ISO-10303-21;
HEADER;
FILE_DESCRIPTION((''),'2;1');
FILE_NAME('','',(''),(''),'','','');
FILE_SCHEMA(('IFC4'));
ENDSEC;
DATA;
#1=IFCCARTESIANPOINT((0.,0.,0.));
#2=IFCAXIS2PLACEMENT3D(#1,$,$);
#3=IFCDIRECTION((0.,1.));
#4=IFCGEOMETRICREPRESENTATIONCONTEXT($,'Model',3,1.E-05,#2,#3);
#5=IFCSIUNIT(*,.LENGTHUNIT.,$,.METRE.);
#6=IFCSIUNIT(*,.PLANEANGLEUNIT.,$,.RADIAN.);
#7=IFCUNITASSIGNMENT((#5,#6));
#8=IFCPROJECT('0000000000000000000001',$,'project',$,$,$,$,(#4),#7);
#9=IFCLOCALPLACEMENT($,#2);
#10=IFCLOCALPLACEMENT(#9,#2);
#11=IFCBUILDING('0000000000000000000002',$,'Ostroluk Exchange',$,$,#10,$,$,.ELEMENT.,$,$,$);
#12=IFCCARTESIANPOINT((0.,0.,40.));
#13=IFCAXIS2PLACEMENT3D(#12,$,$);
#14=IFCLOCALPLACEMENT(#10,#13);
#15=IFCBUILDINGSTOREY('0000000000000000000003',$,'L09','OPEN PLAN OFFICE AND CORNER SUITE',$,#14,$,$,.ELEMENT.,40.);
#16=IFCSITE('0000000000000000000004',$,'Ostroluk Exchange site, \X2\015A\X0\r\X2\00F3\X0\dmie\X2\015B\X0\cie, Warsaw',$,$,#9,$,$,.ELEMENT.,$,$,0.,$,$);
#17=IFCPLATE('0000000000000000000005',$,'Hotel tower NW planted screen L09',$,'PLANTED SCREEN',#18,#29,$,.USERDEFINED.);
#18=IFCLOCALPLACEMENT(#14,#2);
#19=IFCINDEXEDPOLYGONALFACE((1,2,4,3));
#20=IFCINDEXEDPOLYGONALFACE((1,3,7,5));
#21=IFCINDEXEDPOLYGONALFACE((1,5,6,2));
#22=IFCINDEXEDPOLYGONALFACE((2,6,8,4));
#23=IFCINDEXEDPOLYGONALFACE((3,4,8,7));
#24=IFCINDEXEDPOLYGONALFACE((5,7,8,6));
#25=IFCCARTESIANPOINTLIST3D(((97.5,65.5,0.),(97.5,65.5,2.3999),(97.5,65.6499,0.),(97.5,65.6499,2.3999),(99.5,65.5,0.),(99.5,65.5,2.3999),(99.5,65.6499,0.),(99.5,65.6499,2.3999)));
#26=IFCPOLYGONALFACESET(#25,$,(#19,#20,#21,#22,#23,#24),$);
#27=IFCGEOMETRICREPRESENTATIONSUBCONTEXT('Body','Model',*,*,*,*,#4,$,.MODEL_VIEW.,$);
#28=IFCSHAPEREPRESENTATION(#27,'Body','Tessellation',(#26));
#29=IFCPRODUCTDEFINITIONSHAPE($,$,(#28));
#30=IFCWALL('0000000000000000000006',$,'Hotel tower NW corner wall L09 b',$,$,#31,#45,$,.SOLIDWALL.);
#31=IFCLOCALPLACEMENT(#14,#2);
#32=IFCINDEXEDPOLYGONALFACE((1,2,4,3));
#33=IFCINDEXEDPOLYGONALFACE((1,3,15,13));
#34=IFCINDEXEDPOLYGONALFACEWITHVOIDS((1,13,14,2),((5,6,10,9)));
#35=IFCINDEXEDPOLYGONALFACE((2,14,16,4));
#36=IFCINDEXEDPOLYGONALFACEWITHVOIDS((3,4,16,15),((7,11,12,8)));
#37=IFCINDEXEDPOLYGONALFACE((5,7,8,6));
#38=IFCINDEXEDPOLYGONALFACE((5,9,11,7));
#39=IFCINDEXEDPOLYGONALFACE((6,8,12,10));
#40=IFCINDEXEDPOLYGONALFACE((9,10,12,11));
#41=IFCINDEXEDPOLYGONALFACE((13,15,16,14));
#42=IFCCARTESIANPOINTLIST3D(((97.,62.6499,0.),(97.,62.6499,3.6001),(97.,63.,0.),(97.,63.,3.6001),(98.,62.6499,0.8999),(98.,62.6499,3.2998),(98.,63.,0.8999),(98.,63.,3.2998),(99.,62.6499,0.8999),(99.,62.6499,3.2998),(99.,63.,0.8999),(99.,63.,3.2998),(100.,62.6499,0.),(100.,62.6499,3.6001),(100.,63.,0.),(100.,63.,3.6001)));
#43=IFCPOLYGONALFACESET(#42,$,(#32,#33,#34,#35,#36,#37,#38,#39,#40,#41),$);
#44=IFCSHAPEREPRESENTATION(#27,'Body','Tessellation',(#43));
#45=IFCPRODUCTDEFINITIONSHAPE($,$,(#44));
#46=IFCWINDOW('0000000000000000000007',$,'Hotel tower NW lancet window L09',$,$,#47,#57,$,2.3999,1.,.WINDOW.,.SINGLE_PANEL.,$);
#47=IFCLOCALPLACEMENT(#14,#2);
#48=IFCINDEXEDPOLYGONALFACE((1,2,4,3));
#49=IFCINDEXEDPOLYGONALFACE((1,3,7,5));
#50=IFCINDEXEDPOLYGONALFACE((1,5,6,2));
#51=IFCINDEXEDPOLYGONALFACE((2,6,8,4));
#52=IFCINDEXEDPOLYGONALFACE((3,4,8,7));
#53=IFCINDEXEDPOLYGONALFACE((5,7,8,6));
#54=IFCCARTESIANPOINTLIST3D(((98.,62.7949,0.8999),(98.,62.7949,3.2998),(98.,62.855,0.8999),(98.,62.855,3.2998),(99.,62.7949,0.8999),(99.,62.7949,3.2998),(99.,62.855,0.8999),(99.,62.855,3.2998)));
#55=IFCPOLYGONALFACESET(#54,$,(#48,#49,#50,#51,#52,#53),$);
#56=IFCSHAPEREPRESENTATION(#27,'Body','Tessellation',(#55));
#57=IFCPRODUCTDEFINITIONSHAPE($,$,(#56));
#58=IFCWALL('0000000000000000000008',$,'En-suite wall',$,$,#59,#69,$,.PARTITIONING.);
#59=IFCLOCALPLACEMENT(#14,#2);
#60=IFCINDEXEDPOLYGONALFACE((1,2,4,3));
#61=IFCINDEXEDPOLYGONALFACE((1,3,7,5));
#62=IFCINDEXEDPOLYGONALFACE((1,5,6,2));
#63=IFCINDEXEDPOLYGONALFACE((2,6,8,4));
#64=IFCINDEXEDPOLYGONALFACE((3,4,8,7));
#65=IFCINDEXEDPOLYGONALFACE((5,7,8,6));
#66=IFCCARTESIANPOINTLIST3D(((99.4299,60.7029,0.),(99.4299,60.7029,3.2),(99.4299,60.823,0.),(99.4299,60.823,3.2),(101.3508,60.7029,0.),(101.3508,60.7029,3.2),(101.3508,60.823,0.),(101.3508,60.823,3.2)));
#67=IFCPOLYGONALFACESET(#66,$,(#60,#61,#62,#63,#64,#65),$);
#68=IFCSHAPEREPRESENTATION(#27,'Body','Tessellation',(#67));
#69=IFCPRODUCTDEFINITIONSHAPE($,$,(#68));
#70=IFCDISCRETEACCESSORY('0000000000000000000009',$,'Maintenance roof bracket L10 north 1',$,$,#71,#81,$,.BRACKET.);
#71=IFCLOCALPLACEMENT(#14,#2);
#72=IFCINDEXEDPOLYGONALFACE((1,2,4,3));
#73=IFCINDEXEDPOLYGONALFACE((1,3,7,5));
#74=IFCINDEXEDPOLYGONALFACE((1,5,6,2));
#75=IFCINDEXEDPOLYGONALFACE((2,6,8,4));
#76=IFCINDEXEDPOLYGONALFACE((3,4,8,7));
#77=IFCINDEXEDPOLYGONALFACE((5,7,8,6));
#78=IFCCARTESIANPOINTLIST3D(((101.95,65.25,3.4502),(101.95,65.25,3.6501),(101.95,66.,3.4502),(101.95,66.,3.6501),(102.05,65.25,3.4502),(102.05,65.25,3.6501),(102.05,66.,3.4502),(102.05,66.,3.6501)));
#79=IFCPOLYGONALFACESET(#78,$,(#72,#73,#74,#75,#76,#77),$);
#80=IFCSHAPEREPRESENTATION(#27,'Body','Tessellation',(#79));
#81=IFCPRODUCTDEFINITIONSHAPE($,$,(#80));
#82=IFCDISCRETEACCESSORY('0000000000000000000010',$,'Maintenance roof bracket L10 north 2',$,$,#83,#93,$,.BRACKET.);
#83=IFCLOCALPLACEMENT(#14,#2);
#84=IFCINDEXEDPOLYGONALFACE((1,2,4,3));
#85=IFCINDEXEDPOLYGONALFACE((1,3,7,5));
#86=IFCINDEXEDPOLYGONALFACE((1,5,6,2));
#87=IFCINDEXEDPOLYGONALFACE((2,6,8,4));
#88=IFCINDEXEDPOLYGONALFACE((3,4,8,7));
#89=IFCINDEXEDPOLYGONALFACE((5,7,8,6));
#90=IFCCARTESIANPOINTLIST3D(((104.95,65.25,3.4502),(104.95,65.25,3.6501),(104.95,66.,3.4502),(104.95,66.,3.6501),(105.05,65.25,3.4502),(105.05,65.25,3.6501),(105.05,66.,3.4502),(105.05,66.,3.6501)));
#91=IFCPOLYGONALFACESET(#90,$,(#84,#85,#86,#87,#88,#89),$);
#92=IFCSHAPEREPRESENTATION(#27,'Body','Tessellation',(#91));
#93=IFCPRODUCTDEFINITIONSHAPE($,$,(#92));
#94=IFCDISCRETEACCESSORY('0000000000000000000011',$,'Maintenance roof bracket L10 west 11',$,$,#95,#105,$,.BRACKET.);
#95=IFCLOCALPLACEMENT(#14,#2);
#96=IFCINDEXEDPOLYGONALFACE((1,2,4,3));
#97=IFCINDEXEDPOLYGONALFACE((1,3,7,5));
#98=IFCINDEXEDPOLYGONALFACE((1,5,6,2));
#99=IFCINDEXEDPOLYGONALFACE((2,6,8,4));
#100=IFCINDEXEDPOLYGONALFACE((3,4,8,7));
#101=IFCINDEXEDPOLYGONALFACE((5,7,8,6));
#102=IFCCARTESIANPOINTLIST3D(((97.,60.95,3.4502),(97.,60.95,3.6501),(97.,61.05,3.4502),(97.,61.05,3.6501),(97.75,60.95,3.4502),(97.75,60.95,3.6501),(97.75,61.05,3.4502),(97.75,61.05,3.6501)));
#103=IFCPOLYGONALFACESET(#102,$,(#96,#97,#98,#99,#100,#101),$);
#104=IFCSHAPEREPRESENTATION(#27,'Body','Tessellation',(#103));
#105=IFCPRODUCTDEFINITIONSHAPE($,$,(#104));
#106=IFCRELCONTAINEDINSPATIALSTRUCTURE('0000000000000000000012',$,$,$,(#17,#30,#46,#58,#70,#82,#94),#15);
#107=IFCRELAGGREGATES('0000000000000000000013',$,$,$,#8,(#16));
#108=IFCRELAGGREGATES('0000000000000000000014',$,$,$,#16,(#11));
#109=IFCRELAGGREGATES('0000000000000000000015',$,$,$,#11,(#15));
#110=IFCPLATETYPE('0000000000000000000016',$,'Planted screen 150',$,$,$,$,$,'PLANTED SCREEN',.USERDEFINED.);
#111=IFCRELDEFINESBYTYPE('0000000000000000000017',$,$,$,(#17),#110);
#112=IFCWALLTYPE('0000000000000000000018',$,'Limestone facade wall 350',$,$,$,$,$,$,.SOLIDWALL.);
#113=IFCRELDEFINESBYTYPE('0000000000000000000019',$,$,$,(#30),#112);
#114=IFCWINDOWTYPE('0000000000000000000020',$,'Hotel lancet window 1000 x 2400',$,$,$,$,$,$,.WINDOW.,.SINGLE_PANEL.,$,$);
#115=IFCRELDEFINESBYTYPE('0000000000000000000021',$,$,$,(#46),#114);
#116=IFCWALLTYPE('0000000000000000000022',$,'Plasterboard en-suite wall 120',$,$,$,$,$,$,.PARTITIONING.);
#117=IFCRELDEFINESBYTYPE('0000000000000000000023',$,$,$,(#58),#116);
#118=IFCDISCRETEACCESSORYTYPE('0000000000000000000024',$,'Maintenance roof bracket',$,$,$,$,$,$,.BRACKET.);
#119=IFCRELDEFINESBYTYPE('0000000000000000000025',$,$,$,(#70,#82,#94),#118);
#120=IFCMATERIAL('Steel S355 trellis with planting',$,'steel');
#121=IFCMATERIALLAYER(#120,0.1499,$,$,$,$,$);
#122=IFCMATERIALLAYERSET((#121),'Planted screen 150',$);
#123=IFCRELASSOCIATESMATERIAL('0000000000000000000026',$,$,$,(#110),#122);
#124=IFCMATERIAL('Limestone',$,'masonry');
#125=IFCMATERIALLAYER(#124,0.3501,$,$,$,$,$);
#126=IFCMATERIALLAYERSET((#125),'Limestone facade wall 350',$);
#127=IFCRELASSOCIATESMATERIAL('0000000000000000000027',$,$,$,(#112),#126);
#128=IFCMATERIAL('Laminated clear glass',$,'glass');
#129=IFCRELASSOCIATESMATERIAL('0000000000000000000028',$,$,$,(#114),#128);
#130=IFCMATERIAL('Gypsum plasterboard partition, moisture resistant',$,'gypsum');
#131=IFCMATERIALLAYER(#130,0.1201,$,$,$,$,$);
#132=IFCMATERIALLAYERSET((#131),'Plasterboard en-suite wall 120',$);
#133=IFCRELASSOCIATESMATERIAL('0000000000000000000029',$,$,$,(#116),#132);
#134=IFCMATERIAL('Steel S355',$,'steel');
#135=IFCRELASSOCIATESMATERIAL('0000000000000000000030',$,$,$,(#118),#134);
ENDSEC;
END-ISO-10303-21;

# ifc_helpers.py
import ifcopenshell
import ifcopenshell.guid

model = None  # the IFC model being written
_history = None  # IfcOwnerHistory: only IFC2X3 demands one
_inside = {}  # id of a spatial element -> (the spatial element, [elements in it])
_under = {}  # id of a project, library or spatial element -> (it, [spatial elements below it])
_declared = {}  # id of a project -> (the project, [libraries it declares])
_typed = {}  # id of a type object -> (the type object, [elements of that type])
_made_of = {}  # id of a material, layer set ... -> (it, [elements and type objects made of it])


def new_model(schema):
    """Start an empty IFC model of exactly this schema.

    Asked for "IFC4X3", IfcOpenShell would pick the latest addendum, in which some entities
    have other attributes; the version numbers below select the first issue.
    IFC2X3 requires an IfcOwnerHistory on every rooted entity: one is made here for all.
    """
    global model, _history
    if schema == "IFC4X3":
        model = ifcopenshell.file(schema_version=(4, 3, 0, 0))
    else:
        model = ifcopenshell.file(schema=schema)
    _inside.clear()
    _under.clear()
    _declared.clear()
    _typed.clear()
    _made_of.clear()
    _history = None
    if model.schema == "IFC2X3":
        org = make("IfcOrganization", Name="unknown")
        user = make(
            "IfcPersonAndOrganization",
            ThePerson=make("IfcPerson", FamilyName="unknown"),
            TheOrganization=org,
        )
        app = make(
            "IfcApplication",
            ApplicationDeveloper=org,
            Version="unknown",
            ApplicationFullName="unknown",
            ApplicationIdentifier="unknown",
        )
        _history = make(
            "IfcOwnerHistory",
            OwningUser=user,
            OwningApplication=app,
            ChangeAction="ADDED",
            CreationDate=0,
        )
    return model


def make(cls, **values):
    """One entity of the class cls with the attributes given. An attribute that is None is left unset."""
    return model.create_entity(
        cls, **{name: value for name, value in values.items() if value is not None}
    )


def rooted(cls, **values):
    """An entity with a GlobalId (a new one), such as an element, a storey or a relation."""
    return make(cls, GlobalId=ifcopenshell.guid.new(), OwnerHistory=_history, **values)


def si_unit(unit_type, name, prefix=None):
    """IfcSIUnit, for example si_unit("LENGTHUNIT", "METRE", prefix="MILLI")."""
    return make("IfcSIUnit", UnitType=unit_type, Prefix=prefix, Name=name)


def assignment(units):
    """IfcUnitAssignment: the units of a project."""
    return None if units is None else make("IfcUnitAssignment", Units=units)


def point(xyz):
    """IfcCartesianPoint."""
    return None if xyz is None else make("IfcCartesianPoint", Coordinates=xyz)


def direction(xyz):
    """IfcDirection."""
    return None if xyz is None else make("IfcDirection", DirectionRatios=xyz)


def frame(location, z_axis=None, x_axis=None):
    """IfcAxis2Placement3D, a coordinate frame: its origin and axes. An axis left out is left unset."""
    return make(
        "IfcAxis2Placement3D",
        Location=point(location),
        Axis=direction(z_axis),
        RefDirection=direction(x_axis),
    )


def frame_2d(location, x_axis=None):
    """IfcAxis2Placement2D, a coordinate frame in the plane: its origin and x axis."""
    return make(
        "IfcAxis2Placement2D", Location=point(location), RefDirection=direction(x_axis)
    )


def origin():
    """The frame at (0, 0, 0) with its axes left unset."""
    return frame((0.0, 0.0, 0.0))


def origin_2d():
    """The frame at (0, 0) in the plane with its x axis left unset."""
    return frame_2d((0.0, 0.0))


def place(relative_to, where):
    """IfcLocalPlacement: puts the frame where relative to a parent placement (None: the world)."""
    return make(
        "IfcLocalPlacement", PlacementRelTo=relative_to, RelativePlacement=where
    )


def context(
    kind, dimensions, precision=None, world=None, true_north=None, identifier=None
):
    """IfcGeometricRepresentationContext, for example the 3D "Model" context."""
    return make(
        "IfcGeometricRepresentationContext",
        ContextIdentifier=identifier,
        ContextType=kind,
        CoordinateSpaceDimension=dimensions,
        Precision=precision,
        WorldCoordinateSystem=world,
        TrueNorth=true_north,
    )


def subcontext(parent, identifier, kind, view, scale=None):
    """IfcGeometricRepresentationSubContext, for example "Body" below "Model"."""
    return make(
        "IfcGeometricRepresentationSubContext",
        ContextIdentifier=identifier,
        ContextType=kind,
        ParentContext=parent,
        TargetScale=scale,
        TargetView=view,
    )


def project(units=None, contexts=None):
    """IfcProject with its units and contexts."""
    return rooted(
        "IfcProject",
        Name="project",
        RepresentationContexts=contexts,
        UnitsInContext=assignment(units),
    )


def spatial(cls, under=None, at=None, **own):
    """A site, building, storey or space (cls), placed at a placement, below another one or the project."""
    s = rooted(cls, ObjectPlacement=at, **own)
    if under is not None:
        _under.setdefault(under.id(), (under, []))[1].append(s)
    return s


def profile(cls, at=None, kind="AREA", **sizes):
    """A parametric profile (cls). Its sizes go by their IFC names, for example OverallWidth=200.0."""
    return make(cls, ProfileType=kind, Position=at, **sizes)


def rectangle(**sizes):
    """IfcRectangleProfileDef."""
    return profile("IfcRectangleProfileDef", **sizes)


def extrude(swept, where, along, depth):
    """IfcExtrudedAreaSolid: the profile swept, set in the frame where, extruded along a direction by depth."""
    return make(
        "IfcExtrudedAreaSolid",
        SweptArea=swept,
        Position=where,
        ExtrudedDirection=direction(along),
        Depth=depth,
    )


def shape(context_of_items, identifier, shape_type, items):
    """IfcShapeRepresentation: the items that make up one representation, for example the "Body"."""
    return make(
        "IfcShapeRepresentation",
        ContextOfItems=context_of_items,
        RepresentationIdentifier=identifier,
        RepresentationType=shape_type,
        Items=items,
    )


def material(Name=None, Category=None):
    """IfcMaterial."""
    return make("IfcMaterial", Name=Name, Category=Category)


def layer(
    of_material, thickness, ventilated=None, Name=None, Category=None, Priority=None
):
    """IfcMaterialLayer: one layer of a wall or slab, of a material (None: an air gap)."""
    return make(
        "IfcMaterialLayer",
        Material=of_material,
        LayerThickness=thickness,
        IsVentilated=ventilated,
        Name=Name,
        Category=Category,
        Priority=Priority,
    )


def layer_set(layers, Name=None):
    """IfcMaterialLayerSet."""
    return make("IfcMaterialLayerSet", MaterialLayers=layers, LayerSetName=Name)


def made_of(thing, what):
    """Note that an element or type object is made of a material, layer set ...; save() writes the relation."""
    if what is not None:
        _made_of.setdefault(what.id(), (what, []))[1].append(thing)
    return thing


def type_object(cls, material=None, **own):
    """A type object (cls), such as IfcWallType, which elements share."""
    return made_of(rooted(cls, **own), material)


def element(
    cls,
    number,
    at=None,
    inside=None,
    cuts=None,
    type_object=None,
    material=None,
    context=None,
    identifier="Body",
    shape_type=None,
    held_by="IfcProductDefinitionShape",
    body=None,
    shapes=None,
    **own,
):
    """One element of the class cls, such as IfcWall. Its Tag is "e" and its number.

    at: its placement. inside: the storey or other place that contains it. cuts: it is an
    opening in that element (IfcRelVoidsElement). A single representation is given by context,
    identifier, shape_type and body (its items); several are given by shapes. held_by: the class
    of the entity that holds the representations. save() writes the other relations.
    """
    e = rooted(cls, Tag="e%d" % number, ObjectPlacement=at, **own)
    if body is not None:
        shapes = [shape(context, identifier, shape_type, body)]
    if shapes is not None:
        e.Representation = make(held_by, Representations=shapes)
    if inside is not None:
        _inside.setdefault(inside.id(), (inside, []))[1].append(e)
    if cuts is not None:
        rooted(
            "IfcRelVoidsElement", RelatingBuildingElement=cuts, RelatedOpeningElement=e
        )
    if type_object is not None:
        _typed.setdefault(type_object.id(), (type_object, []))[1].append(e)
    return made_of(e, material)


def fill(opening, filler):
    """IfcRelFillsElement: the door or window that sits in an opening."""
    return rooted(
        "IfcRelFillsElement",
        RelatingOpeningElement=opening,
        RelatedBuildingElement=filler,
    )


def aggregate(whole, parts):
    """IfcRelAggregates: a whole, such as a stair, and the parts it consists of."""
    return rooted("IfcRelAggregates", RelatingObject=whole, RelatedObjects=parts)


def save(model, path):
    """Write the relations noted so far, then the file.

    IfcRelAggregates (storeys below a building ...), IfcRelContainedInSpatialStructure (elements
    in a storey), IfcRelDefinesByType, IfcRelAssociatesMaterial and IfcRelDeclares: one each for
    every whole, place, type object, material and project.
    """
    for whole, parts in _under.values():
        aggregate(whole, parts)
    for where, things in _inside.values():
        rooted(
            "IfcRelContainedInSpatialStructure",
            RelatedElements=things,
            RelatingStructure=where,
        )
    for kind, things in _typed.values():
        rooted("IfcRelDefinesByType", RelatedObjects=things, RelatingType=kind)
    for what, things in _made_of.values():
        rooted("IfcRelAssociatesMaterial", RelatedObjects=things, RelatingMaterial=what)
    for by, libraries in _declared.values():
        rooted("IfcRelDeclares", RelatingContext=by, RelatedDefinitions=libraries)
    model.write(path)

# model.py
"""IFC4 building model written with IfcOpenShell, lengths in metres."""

from ifc_helpers import new_model, si_unit, direction, frame, frame_2d, origin, origin_2d, place, context, subcontext, project, spatial, rectangle, extrude, material, layer, layer_set, type_object, element, fill, save


model = new_model("IFC4")

# Units and contexts
model_context = context("Model", 3, precision=1e-05, world=origin(), true_north=direction((0.0, 1.0)))
body_context = subcontext(model_context, "Body", "Model", "MODEL_VIEW")
ifc_project = project(units=[si_unit("LENGTHUNIT", "METRE"), si_unit("PLANEANGLEUNIT", "RADIAN")], contexts=[model_context])

# Site, building, storey
site_placement = place(None, origin())
site = spatial("IfcSite", under=ifc_project, at=site_placement, Name="Ostroluk Exchange site, Śródmieście, Warsaw", CompositionType="ELEMENT", RefElevation=0.0)
building_placement = place(site_placement, origin())
building = spatial("IfcBuilding", under=site, at=building_placement, Name="Ostroluk Exchange", CompositionType="ELEMENT")
storey_placement = place(building_placement, frame((0.0, 0.0, 40.0)))
storey = spatial("IfcBuildingStorey", under=building, at=storey_placement, Name="L09", Description="OPEN PLAN OFFICE AND CORNER SUITE", CompositionType="ELEMENT", Elevation=40.0)

# Plate
ifc_material_1 = material(Name="Steel S355 trellis with planting", Category="steel")
ifc_layer_1 = layer(ifc_material_1, 0.1499)
ifc_layer_set_1 = layer_set([ifc_layer_1], Name="Planted screen 150")
plate_type_1 = type_object("IfcPlateType", Name="Planted screen 150", ElementType="PLANTED SCREEN", PredefinedType="USERDEFINED", material=ifc_layer_set_1)
plate_1_placement = place(storey_placement, frame((98.5, 65.575, 0.0), z_axis=(0.0, 0.0, 1.0), x_axis=(1.0, 0.0, 0.0)))
element("IfcPlate", 1, at=plate_1_placement, inside=storey, type_object=plate_type_1, Name="Hotel tower NW planted screen L09", ObjectType="PLANTED SCREEN", PredefinedType="USERDEFINED", context=body_context, shape_type="SweptSolid", body=[
    extrude(rectangle(XDim=2.0, YDim=0.1499, at=origin_2d()), origin(), (0.0, 0.0, 1.0), 2.3999),
])

# Shared definitions
ifc_material_2 = material(Name="Limestone", Category="masonry")
ifc_layer_2 = layer(ifc_material_2, 0.3501)
ifc_layer_set_2 = layer_set([ifc_layer_2], Name="Limestone facade wall 350")
wall_type_1 = type_object("IfcWallType", Name="Limestone facade wall 350", PredefinedType="SOLIDWALL", material=ifc_layer_set_2)

# Wall, opening, window
wall_1_placement = place(storey_placement, frame((100.0, 62.825, 0.0), z_axis=(0.0, 0.0, 1.0), x_axis=(-1.0, 0.0, 0.0)))
wall_1 = element("IfcWall", 2, at=wall_1_placement, inside=storey, type_object=wall_type_1, Name="Hotel tower NW corner wall L09 b", PredefinedType="SOLIDWALL", context=body_context, shape_type="SweptSolid", body=[
    extrude(rectangle(XDim=3.0, YDim=0.3501, at=frame_2d((1.5, 0.0))), origin(), (0.0, 0.0, 1.0), 3.6001),
])
opening_1_placement = place(wall_1_placement, frame((1.0, 0.0, 0.8999)))
opening_1 = element("IfcOpeningElement", 3, at=opening_1_placement, cuts=wall_1, PredefinedType="OPENING", context=body_context, shape_type="SweptSolid", body=[
    extrude(rectangle(XDim=1.0, YDim=2.3999, at=frame_2d((0.5, 1.2))), frame((0.0, 0.1851, 0.0), z_axis=(0.0, -1.0, 0.0), x_axis=(1.0, 0.0, 0.0)), (0.0, 0.0, 1.0), 0.3701),
])
ifc_material_3 = material(Name="Laminated clear glass", Category="glass")
window_type = type_object("IfcWindowType", Name="Hotel lancet window 1000 x 2400", PartitioningType="SINGLE_PANEL", PredefinedType="WINDOW", material=ifc_material_3)
window_placement = place(opening_1_placement, origin())
window = element("IfcWindow", 4, at=window_placement, inside=storey, type_object=window_type, Name="Hotel tower NW lancet window L09", OverallHeight=2.3999, OverallWidth=1.0, PartitioningType="SINGLE_PANEL", PredefinedType="WINDOW", context=body_context, shape_type="SweptSolid", body=[
    extrude(rectangle(XDim=1.0, YDim=2.3999, at=frame_2d((0.5, 1.2))), frame((0.0, 0.03, 0.0), z_axis=(0.0, -1.0, 0.0), x_axis=(1.0, 0.0, 0.0)), (0.0, 0.0, 1.0), 0.0601),
])
fill(opening_1, window)

# Wall
ifc_material_4 = material(Name="Gypsum plasterboard partition, moisture resistant", Category="gypsum")
ifc_layer_3 = layer(ifc_material_4, 0.1201)
ifc_layer_set_3 = layer_set([ifc_layer_3], Name="Plasterboard en-suite wall 120")
wall_type_2 = type_object("IfcWallType", Name="Plasterboard en-suite wall 120", PredefinedType="PARTITIONING", material=ifc_layer_set_3)
wall_2_placement = place(storey_placement, frame((101.3508, 60.7629, 0.0), z_axis=(0.0, 0.0, 1.0), x_axis=(-1.0, 0.0, 0.0)))
element("IfcWall", 5, at=wall_2_placement, inside=storey, type_object=wall_type_2, Name="En-suite wall", PredefinedType="PARTITIONING", context=body_context, shape_type="SweptSolid", body=[
    extrude(rectangle(XDim=1.9209, YDim=0.1201, at=frame_2d((0.9604, 0.0))), origin(), (0.0, 0.0, 1.0), 3.2),
])

# Discrete accessories
ifc_material_5 = material(Name="Steel S355", Category="steel")
discrete_accessory_type = type_object("IfcDiscreteAccessoryType", Name="Maintenance roof bracket", PredefinedType="BRACKET", material=ifc_material_5)
for number, where, z_axis, x_axis, name in (
    (6, (102.0, 65.625, 3.4502), (0.0, 0.0, 1.0), (1.0, 0.0, 0.0), "Maintenance roof bracket L10 north 1"),
    (7, (105.0, 65.625, 3.4502), (0.0, 0.0, 1.0), (1.0, 0.0, 0.0), "Maintenance roof bracket L10 north 2"),
):
    element("IfcDiscreteAccessory", number, at=place(storey_placement, frame(where, z_axis=z_axis, x_axis=x_axis)), inside=storey, type_object=discrete_accessory_type, Name=name, PredefinedType="BRACKET", context=body_context, shape_type="SweptSolid", body=[
        extrude(rectangle(XDim=0.1001, YDim=0.75, at=origin_2d()), origin(), (0.0, 0.0, 1.0), 0.2),
    ])
discrete_accessory_placement = place(storey_placement, frame((97.375, 61.0, 3.4502), z_axis=(0.0, 0.0, 1.0), x_axis=(1.0, 0.0, 0.0)))
element("IfcDiscreteAccessory", 8, at=discrete_accessory_placement, inside=storey, type_object=discrete_accessory_type, Name="Maintenance roof bracket L10 west 11", PredefinedType="BRACKET", context=body_context, shape_type="SweptSolid", body=[
    extrude(rectangle(XDim=0.75, YDim=0.1001, at=origin_2d()), origin(), (0.0, 0.0, 1.0), 0.2),
])

save(model, "model.ifc")
